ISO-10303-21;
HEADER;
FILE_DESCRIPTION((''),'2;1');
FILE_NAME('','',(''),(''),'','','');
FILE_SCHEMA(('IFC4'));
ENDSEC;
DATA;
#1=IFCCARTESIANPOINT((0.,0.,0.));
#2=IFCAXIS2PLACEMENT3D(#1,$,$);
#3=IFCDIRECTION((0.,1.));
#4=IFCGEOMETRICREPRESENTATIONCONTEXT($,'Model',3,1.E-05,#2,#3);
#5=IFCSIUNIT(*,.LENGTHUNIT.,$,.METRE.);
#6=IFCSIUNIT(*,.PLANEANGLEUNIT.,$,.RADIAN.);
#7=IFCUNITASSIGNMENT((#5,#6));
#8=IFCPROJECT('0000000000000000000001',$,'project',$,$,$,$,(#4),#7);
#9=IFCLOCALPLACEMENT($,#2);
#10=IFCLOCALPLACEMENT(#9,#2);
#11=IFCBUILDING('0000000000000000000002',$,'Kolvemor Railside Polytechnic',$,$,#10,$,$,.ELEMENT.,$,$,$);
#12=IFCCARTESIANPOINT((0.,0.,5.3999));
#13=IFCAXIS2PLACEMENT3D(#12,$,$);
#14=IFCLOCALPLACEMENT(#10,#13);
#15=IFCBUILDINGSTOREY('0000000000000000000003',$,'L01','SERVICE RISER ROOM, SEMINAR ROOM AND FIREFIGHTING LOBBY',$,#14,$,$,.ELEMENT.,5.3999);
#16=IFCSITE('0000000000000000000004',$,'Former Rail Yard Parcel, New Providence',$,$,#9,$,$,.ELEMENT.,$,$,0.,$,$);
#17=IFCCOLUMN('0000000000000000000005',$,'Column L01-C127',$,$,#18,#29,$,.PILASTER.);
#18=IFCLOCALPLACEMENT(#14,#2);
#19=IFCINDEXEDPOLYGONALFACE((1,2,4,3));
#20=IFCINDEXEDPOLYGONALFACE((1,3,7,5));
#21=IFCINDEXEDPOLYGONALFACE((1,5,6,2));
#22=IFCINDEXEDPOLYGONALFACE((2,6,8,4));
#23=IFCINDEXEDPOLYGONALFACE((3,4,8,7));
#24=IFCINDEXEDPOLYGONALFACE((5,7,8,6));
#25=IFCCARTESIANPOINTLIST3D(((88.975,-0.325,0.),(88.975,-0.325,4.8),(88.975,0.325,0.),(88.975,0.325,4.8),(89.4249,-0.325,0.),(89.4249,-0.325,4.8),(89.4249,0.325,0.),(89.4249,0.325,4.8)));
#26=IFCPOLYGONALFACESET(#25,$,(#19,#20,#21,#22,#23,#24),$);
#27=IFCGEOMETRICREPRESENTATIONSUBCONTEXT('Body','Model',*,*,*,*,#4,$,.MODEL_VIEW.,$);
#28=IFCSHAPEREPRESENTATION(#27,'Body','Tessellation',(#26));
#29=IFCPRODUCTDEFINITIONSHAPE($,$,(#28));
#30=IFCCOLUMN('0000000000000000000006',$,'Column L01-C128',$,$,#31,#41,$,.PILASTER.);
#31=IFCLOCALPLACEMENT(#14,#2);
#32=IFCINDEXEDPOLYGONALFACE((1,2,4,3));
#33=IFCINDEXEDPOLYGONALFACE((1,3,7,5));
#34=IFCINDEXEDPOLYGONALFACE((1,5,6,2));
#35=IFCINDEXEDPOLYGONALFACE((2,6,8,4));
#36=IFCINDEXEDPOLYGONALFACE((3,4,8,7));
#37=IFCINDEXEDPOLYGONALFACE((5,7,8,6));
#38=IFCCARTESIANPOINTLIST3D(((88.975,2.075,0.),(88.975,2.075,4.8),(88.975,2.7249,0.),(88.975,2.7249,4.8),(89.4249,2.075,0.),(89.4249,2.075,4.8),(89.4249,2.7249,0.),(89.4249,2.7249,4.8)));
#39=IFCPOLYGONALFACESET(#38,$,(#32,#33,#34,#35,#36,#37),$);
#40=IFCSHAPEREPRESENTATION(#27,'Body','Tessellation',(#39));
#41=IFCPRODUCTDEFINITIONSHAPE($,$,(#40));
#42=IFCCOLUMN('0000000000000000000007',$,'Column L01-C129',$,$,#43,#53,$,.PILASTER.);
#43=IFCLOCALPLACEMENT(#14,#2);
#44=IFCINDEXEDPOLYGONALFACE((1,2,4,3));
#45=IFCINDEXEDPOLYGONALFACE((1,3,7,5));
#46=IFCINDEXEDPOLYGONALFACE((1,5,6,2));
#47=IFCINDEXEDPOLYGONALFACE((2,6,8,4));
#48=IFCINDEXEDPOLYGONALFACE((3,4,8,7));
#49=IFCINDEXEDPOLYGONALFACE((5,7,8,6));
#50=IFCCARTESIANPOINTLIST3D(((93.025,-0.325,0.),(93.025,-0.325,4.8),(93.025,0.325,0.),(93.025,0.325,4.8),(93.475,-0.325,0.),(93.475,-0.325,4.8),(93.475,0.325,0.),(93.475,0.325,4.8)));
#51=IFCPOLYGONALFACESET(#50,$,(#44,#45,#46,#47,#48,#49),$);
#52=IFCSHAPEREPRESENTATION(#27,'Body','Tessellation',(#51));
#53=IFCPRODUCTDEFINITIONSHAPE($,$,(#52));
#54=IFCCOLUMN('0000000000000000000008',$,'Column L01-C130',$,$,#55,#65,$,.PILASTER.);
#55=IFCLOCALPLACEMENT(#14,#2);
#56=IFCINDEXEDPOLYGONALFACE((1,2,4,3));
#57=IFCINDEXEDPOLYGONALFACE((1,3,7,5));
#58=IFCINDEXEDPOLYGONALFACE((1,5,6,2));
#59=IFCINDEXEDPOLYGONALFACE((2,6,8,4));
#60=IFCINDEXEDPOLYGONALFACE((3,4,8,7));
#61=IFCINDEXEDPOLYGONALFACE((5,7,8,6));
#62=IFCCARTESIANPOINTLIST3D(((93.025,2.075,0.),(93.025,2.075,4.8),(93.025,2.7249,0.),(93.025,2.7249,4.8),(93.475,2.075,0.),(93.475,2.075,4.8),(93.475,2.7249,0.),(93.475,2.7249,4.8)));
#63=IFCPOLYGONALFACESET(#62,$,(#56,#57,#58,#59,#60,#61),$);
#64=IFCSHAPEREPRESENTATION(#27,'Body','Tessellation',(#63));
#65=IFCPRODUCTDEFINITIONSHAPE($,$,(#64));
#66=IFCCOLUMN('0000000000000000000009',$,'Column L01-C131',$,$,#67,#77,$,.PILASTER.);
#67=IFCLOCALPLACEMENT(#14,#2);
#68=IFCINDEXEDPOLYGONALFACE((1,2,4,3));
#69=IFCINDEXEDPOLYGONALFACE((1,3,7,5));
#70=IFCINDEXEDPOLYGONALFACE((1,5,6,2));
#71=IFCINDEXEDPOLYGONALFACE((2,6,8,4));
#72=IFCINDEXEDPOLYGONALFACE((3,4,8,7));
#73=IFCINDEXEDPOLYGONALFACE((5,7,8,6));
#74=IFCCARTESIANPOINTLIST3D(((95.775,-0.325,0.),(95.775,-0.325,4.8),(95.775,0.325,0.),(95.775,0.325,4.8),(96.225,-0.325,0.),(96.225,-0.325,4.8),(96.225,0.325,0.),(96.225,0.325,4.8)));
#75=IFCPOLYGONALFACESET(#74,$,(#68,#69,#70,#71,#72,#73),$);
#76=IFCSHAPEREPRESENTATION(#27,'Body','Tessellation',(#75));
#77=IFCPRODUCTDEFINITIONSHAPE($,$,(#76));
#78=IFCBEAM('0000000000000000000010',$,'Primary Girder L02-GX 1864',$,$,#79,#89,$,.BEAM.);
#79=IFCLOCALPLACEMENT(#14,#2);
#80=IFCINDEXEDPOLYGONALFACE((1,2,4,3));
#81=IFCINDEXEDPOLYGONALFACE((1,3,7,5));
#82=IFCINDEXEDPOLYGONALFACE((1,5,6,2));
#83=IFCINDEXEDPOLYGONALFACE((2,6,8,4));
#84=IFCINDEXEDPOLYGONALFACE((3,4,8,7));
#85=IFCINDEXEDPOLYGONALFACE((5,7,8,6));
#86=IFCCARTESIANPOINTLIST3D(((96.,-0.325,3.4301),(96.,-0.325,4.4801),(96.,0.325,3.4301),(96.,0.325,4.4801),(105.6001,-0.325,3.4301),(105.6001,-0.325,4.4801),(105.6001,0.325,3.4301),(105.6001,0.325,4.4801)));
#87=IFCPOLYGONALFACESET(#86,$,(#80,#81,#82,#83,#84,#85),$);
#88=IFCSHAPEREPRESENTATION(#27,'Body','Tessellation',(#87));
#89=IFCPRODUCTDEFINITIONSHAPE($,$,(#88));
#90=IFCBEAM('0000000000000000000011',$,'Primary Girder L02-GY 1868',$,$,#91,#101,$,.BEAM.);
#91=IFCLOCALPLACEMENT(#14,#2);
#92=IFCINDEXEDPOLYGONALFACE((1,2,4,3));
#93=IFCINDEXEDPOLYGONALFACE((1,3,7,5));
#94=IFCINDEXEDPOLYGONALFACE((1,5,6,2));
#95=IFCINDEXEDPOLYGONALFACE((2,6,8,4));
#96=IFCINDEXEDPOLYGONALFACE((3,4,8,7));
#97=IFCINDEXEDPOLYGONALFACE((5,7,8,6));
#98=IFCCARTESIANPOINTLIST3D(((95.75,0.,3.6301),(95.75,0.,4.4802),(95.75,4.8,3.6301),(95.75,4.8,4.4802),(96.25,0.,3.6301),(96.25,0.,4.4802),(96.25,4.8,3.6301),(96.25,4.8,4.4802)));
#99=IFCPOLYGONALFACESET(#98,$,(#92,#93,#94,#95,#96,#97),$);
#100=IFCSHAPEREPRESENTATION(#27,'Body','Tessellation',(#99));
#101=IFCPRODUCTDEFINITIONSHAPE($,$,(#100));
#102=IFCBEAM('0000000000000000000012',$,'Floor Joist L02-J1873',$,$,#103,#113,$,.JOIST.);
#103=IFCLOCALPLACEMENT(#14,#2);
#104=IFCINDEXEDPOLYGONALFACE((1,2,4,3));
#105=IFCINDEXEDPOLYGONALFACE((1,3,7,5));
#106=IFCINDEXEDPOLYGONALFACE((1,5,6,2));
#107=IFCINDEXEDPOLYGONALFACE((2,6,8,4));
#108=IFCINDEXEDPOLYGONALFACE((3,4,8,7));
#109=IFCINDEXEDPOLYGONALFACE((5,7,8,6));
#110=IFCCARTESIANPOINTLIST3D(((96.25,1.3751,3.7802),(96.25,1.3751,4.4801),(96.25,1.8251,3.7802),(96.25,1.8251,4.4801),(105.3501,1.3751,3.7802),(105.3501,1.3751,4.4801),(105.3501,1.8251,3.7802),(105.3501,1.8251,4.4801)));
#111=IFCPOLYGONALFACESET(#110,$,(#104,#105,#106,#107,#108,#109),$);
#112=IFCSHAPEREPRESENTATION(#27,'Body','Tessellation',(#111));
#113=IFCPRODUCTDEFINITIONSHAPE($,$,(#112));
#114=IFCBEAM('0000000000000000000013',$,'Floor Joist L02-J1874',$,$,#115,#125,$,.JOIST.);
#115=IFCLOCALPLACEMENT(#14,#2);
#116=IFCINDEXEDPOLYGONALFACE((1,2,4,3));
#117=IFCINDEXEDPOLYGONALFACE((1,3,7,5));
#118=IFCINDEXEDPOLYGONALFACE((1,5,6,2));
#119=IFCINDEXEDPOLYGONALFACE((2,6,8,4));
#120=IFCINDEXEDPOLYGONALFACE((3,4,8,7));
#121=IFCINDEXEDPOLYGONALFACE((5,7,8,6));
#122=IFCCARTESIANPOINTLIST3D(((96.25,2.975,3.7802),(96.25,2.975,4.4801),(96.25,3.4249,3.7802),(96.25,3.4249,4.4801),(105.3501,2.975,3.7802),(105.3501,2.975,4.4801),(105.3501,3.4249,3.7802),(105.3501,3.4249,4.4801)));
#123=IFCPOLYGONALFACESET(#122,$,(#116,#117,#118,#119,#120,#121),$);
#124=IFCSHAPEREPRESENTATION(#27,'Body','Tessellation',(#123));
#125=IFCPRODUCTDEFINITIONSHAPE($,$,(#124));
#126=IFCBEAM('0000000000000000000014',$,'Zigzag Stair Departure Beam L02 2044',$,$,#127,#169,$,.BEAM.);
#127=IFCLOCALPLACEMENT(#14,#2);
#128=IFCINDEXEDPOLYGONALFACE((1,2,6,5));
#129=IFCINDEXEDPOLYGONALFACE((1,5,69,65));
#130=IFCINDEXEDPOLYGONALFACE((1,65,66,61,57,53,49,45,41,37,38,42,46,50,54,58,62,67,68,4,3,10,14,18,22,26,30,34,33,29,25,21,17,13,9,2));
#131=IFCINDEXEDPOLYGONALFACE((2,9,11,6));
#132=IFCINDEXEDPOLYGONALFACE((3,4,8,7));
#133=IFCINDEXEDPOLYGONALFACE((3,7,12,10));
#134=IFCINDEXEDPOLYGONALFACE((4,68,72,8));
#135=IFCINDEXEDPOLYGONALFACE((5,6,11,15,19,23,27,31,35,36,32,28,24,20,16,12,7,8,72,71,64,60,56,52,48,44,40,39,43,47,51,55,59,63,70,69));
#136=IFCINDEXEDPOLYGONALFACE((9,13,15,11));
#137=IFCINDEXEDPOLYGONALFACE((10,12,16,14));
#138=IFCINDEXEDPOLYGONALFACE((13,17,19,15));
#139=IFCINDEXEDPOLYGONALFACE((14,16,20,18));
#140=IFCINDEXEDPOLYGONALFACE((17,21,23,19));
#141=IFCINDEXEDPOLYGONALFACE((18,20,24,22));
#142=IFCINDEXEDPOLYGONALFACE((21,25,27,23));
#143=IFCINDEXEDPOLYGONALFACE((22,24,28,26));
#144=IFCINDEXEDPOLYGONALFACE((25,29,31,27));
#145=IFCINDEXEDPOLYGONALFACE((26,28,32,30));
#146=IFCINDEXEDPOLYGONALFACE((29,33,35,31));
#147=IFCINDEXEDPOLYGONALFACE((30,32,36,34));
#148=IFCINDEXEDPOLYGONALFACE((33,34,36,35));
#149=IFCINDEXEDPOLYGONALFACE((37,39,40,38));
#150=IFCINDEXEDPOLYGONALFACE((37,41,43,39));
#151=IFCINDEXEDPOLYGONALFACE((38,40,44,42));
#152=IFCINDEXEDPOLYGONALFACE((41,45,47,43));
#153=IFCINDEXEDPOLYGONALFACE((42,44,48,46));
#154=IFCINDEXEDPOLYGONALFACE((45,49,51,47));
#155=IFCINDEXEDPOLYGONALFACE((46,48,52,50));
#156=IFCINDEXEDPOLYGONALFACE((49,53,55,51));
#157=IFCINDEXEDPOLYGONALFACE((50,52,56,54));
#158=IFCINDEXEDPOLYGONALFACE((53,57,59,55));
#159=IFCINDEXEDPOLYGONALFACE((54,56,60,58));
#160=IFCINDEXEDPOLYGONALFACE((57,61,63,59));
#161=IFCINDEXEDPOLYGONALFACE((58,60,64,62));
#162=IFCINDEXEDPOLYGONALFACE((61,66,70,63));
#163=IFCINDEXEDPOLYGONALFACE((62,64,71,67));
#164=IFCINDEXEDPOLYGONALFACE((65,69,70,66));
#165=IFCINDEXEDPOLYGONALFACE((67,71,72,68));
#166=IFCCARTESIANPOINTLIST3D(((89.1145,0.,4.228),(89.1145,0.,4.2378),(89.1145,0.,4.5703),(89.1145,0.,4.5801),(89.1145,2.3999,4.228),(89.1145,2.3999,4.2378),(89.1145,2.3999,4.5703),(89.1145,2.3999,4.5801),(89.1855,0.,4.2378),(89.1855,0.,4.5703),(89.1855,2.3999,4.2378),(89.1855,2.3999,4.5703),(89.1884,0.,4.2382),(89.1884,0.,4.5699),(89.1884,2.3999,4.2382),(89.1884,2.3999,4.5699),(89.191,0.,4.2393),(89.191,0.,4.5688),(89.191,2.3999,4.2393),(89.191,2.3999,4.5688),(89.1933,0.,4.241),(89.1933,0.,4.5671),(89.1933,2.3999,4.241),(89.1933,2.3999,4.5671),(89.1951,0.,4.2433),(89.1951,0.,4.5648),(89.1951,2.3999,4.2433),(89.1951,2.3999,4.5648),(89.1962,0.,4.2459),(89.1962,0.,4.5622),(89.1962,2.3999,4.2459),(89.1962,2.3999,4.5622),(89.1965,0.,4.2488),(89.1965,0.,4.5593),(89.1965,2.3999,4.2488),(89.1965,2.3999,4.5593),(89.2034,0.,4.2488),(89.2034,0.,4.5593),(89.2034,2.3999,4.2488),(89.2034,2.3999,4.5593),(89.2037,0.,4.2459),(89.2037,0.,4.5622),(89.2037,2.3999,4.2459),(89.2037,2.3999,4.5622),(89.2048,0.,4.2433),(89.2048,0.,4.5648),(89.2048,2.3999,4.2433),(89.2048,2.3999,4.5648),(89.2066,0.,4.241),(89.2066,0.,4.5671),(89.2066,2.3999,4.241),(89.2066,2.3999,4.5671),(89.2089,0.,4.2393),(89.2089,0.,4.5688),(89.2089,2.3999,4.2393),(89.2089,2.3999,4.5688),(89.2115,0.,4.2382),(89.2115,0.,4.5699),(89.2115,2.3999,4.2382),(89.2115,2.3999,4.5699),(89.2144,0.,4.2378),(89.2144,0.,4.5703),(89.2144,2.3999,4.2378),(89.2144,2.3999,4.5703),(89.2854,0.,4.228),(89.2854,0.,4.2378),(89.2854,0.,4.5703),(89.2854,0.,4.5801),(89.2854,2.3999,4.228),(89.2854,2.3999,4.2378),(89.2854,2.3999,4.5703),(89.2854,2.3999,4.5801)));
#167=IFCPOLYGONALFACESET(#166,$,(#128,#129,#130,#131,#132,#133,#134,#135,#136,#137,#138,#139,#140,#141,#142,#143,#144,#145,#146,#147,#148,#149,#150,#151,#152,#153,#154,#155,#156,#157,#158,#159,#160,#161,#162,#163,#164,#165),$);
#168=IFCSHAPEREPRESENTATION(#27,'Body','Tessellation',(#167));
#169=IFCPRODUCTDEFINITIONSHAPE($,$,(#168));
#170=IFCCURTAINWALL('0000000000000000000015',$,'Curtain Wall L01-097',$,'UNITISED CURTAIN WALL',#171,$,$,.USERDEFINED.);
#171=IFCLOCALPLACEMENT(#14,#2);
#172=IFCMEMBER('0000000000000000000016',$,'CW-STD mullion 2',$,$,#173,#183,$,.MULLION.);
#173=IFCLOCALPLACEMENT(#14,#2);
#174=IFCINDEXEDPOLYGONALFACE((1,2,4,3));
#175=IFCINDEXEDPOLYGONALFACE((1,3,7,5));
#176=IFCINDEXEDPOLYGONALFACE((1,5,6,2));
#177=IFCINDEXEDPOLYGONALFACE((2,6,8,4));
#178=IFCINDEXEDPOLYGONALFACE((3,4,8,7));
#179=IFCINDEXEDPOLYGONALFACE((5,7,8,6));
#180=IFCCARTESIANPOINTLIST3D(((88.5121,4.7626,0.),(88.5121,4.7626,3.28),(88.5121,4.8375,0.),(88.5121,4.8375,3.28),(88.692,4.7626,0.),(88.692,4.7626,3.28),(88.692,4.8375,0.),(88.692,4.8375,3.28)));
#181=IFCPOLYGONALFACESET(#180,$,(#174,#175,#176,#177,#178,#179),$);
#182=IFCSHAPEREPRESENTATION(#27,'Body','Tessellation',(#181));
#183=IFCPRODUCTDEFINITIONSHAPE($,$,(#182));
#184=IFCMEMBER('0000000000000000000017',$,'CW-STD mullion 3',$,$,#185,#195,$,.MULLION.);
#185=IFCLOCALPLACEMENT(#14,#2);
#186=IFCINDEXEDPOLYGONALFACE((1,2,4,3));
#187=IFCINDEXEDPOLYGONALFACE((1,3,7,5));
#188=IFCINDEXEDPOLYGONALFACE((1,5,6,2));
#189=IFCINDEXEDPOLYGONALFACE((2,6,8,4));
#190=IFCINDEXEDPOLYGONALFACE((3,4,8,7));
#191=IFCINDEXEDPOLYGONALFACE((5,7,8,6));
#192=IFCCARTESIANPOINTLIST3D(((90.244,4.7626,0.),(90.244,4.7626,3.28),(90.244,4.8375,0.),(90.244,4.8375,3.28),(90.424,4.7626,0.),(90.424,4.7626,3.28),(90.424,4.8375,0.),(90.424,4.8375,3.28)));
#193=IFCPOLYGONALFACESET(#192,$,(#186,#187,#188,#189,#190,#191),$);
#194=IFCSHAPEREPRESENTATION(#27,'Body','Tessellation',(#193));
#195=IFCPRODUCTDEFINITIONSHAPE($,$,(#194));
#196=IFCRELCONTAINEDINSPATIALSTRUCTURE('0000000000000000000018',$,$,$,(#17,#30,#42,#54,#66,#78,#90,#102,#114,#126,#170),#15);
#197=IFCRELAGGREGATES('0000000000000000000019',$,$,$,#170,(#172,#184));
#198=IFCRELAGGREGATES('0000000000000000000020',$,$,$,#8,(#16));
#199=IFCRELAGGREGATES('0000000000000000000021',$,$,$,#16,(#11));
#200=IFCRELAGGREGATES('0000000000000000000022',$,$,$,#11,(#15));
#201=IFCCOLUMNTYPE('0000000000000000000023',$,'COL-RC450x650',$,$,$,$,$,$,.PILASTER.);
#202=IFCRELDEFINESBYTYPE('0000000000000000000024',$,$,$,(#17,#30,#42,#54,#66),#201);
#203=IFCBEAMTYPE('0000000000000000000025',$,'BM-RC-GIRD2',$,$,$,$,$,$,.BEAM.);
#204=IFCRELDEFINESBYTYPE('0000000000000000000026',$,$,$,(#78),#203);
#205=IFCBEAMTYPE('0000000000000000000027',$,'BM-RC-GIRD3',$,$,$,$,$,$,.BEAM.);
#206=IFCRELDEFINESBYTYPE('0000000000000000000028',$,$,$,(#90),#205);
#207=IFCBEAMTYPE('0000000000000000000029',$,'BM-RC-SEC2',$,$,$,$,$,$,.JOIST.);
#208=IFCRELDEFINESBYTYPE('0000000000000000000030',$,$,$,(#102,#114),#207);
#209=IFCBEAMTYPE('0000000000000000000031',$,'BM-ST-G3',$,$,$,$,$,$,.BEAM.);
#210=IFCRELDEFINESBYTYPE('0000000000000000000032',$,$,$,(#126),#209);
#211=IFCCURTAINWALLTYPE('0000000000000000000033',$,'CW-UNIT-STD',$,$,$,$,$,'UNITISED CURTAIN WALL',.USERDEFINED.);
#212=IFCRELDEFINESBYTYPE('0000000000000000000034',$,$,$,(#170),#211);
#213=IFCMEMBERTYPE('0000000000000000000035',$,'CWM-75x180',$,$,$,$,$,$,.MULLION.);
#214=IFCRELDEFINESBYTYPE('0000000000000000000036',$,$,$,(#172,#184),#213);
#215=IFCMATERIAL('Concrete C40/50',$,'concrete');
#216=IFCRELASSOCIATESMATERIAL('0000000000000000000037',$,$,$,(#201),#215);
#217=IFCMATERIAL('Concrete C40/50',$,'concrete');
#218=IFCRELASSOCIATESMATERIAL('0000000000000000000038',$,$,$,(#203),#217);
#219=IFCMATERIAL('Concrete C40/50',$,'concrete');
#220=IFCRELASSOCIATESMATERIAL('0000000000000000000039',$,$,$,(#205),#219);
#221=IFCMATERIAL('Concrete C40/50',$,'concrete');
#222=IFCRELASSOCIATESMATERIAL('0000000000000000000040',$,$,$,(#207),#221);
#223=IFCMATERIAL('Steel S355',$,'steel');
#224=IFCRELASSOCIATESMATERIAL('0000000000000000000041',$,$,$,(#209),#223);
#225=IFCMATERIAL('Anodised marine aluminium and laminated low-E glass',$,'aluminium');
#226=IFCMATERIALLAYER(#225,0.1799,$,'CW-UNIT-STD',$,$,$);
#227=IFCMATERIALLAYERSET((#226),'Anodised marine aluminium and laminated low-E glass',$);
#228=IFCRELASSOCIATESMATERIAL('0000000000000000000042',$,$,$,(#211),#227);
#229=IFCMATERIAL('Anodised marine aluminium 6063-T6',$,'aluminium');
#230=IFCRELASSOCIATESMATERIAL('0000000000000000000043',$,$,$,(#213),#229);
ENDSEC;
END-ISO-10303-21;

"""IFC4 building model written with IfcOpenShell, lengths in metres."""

from ifc_helpers import new_model, si_unit, direction, frame, origin, origin_2d, place, context, subcontext, project, spatial, rectangle, i_section, extrude, material, layer, layer_set, material_profile, profile_set, type_object, element, aggregate, save


model = new_model("IFC4")

# Units and contexts
model_context = context("Model", 3, precision=1e-05, world=origin(), true_north=direction((0.0, 1.0)))
body_context = subcontext(model_context, "Body", "Model", "MODEL_VIEW")
ifc_project = project(units=[si_unit("LENGTHUNIT", "METRE"), si_unit("PLANEANGLEUNIT", "RADIAN")], contexts=[model_context])

# Site, building, storey
site_placement = place(None, origin())
site = spatial("IfcSite", under=ifc_project, at=site_placement, Name="Former Rail Yard Parcel, New Providence", CompositionType="ELEMENT", RefElevation=0.0)
building_placement = place(site_placement, origin())
building = spatial("IfcBuilding", under=site, at=building_placement, Name="Kolvemor Railside Polytechnic", CompositionType="ELEMENT")
storey_placement = place(building_placement, frame((0.0, 0.0, 5.3999)))
storey = spatial("IfcBuildingStorey", under=building, at=storey_placement, Name="L01", Description="SERVICE RISER ROOM, SEMINAR ROOM AND FIREFIGHTING LOBBY", CompositionType="ELEMENT", Elevation=5.3999)

# Columns
ifc_material_1 = material(Name="Concrete C40/50", Category="concrete")
ifc_material_profile_1 = material_profile(ifc_material_1, rectangle(XDim=0.45, YDim=0.6499, at=origin_2d()), Name="RC450x650")
ifc_profile_set_1 = profile_set([ifc_material_profile_1], Name="Concrete C40/50")
column_type = type_object("IfcColumnType", Name="COL-RC450x650", PredefinedType="PILASTER", material=ifc_profile_set_1)
for number, where, z_axis, x_axis, name in (
    (1, (89.2, 0.0, 0.0), (0.0, 0.0, 1.0), (1.0, 0.0, 0.0), "Column L01-C127"),
    (2, (89.2, 2.3999, 0.0), (0.0, 0.0, 1.0), (1.0, 0.0, 0.0), "Column L01-C128"),
    (3, (93.25, 0.0, 0.0), (0.0, 0.0, 1.0), (1.0, 0.0, 0.0), "Column L01-C129"),
    (4, (93.25, 2.3999, 0.0), (0.0, 0.0, 1.0), (1.0, 0.0, 0.0), "Column L01-C130"),
    (5, (96.0, 0.0, 0.0), (0.0, 0.0, 1.0), (1.0, 0.0, 0.0), "Column L01-C131"),
):
    element("IfcColumn", number, at=place(storey_placement, frame(where, z_axis=z_axis, x_axis=x_axis)), inside=storey, type_object=column_type, Name=name, PredefinedType="PILASTER", context=body_context, shape_type="SweptSolid", body=[
        extrude(rectangle(XDim=0.45, YDim=0.6499, at=origin_2d()), origin(), (0.0, 0.0, 1.0), 4.8),
    ])

# Beams
ifc_material_2 = material(Name="Concrete C40/50", Category="concrete")
ifc_material_profile_2 = material_profile(ifc_material_2, rectangle(XDim=0.6499, YDim=1.05, at=origin_2d()), Name="RC650x1050")
ifc_profile_set_2 = profile_set([ifc_material_profile_2], Name="Concrete C40/50")
beam_type_1 = type_object("IfcBeamType", Name="BM-RC-GIRD2", PredefinedType="BEAM", material=ifc_profile_set_2)
beam_1_placement = place(storey_placement, frame((96.0, 0.0, 3.9551), z_axis=(1.0, 0.0, 0.0), x_axis=(0.0, 1.0, 0.0)))
element("IfcBeam", 6, at=beam_1_placement, inside=storey, type_object=beam_type_1, Name="Primary Girder L02-GX 1864", PredefinedType="BEAM", context=body_context, shape_type="SweptSolid", body=[
    extrude(rectangle(XDim=0.6499, YDim=1.05, at=origin_2d()), origin(), (0.0, 0.0, 1.0), 9.6001),
])
ifc_material_3 = material(Name="Concrete C40/50", Category="concrete")
ifc_material_profile_3 = material_profile(ifc_material_3, rectangle(XDim=0.5, YDim=0.8501, at=origin_2d()), Name="RC500x850")
ifc_profile_set_3 = profile_set([ifc_material_profile_3], Name="Concrete C40/50")
beam_type_2 = type_object("IfcBeamType", Name="BM-RC-GIRD3", PredefinedType="BEAM", material=ifc_profile_set_3)
beam_2_placement = place(storey_placement, frame((96.0, 0.0, 4.0552), z_axis=(0.0, 1.0, 0.0), x_axis=(-1.0, 0.0, 0.0)))
element("IfcBeam", 7, at=beam_2_placement, inside=storey, type_object=beam_type_2, Name="Primary Girder L02-GY 1868", PredefinedType="BEAM", context=body_context, shape_type="SweptSolid", body=[
    extrude(rectangle(XDim=0.5, YDim=0.8501, at=origin_2d()), origin(), (0.0, 0.0, 1.0), 4.8),
])
ifc_material_4 = material(Name="Concrete C40/50", Category="concrete")
ifc_material_profile_4 = material_profile(ifc_material_4, rectangle(XDim=0.45, YDim=0.7, at=origin_2d()), Name="RC450x700")
ifc_profile_set_4 = profile_set([ifc_material_profile_4], Name="Concrete C40/50")
beam_type_3 = type_object("IfcBeamType", Name="BM-RC-SEC2", PredefinedType="JOIST", material=ifc_profile_set_4)
for number, where, z_axis, x_axis, name in (
    (8, (96.25, 1.6001, 4.1301), (1.0, 0.0, 0.0), (0.0, 1.0, 0.0), "Floor Joist L02-J1873"),
    (9, (96.25, 3.2, 4.1301), (1.0, 0.0, 0.0), (0.0, 1.0, 0.0), "Floor Joist L02-J1874"),
):
    element("IfcBeam", number, at=place(storey_placement, frame(where, z_axis=z_axis, x_axis=x_axis)), inside=storey, type_object=beam_type_3, Name=name, PredefinedType="JOIST", context=body_context, shape_type="SweptSolid", body=[
        extrude(rectangle(XDim=0.45, YDim=0.7, at=origin_2d()), origin(), (0.0, 0.0, 1.0), 9.1001),
    ])
ifc_material_5 = material(Name="Steel S355", Category="steel")
ifc_material_profile_5 = material_profile(ifc_material_5, i_section(OverallWidth=0.1709, OverallDepth=0.3521, WebThickness=0.0068, FlangeThickness=0.0098, FilletRadius=0.011, at=origin_2d()), Name="W360x44")
ifc_profile_set_5 = profile_set([ifc_material_profile_5], Name="Steel S355")
beam_type_4 = type_object("IfcBeamType", Name="BM-ST-G3", PredefinedType="BEAM", material=ifc_profile_set_5)
beam_3_placement = place(storey_placement, frame((89.2, 0.0, 4.4041), z_axis=(0.0, 1.0, 0.0), x_axis=(-1.0, 0.0, 0.0)))
element("IfcBeam", 10, at=beam_3_placement, inside=storey, type_object=beam_type_4, Name="Zigzag Stair Departure Beam L02 2044", PredefinedType="BEAM", context=body_context, shape_type="SweptSolid", body=[
    extrude(i_section(OverallWidth=0.1709, OverallDepth=0.3521, WebThickness=0.0068, FlangeThickness=0.0098, FilletRadius=0.011, at=origin_2d()), origin(), (0.0, 0.0, 1.0), 2.3999),
])

# Curtain wall, members
ifc_material_6 = material(Name="Anodised marine aluminium and laminated low-E glass", Category="aluminium")
ifc_layer_1 = layer(ifc_material_6, 0.1799, Name="CW-UNIT-STD")
ifc_layer_set_1 = layer_set([ifc_layer_1], Name="Anodised marine aluminium and laminated low-E glass")
curtain_wall_type = type_object("IfcCurtainWallType", Name="CW-UNIT-STD", ElementType="UNITISED CURTAIN WALL", PredefinedType="USERDEFINED", material=ifc_layer_set_1)
curtain_wall_placement = place(storey_placement, origin())
curtain_wall = element("IfcCurtainWall", 11, at=curtain_wall_placement, inside=storey, type_object=curtain_wall_type, Name="Curtain Wall L01-097", ObjectType="UNITISED CURTAIN WALL", PredefinedType="USERDEFINED")
ifc_material_7 = material(Name="Anodised marine aluminium 6063-T6", Category="aluminium")
ifc_material_profile_6 = material_profile(ifc_material_7, rectangle(XDim=0.075, YDim=0.1799, at=origin_2d()), Name="CW-MUL-75x180")
ifc_profile_set_6 = profile_set([ifc_material_profile_6], Name="Anodised marine aluminium 6063-T6")
member_type_1 = type_object("IfcMemberType", Name="CWM-75x180", PredefinedType="MULLION", material=ifc_profile_set_6)
member_1_placement = place(storey_placement, frame((88.6021, 4.8, 0.0), z_axis=(0.0, 0.0, 1.0), x_axis=(0.0, 1.0, 0.0)))
member_1 = element("IfcMember", 12, at=member_1_placement, type_object=member_type_1, Name="CW-STD mullion 2", PredefinedType="MULLION", context=body_context, shape_type="SweptSolid", body=[
    extrude(rectangle(XDim=0.075, YDim=0.1799, at=origin_2d()), origin(), (0.0, 0.0, 1.0), 3.28),
])
member_2_placement = place(storey_placement, frame((90.334, 4.8, 0.0), z_axis=(0.0, 0.0, 1.0), x_axis=(0.0, 1.0, 0.0)))
member_2 = element("IfcMember", 13, at=member_2_placement, type_object=member_type_1, Name="CW-STD mullion 3", PredefinedType="MULLION", context=body_context, shape_type="SweptSolid", body=[
    extrude(rectangle(XDim=0.075, YDim=0.1799, at=origin_2d()), origin(), (0.0, 0.0, 1.0), 3.28),
])

aggregate(curtain_wall, [member_1, member_2])

save(model, "model.ifc")
